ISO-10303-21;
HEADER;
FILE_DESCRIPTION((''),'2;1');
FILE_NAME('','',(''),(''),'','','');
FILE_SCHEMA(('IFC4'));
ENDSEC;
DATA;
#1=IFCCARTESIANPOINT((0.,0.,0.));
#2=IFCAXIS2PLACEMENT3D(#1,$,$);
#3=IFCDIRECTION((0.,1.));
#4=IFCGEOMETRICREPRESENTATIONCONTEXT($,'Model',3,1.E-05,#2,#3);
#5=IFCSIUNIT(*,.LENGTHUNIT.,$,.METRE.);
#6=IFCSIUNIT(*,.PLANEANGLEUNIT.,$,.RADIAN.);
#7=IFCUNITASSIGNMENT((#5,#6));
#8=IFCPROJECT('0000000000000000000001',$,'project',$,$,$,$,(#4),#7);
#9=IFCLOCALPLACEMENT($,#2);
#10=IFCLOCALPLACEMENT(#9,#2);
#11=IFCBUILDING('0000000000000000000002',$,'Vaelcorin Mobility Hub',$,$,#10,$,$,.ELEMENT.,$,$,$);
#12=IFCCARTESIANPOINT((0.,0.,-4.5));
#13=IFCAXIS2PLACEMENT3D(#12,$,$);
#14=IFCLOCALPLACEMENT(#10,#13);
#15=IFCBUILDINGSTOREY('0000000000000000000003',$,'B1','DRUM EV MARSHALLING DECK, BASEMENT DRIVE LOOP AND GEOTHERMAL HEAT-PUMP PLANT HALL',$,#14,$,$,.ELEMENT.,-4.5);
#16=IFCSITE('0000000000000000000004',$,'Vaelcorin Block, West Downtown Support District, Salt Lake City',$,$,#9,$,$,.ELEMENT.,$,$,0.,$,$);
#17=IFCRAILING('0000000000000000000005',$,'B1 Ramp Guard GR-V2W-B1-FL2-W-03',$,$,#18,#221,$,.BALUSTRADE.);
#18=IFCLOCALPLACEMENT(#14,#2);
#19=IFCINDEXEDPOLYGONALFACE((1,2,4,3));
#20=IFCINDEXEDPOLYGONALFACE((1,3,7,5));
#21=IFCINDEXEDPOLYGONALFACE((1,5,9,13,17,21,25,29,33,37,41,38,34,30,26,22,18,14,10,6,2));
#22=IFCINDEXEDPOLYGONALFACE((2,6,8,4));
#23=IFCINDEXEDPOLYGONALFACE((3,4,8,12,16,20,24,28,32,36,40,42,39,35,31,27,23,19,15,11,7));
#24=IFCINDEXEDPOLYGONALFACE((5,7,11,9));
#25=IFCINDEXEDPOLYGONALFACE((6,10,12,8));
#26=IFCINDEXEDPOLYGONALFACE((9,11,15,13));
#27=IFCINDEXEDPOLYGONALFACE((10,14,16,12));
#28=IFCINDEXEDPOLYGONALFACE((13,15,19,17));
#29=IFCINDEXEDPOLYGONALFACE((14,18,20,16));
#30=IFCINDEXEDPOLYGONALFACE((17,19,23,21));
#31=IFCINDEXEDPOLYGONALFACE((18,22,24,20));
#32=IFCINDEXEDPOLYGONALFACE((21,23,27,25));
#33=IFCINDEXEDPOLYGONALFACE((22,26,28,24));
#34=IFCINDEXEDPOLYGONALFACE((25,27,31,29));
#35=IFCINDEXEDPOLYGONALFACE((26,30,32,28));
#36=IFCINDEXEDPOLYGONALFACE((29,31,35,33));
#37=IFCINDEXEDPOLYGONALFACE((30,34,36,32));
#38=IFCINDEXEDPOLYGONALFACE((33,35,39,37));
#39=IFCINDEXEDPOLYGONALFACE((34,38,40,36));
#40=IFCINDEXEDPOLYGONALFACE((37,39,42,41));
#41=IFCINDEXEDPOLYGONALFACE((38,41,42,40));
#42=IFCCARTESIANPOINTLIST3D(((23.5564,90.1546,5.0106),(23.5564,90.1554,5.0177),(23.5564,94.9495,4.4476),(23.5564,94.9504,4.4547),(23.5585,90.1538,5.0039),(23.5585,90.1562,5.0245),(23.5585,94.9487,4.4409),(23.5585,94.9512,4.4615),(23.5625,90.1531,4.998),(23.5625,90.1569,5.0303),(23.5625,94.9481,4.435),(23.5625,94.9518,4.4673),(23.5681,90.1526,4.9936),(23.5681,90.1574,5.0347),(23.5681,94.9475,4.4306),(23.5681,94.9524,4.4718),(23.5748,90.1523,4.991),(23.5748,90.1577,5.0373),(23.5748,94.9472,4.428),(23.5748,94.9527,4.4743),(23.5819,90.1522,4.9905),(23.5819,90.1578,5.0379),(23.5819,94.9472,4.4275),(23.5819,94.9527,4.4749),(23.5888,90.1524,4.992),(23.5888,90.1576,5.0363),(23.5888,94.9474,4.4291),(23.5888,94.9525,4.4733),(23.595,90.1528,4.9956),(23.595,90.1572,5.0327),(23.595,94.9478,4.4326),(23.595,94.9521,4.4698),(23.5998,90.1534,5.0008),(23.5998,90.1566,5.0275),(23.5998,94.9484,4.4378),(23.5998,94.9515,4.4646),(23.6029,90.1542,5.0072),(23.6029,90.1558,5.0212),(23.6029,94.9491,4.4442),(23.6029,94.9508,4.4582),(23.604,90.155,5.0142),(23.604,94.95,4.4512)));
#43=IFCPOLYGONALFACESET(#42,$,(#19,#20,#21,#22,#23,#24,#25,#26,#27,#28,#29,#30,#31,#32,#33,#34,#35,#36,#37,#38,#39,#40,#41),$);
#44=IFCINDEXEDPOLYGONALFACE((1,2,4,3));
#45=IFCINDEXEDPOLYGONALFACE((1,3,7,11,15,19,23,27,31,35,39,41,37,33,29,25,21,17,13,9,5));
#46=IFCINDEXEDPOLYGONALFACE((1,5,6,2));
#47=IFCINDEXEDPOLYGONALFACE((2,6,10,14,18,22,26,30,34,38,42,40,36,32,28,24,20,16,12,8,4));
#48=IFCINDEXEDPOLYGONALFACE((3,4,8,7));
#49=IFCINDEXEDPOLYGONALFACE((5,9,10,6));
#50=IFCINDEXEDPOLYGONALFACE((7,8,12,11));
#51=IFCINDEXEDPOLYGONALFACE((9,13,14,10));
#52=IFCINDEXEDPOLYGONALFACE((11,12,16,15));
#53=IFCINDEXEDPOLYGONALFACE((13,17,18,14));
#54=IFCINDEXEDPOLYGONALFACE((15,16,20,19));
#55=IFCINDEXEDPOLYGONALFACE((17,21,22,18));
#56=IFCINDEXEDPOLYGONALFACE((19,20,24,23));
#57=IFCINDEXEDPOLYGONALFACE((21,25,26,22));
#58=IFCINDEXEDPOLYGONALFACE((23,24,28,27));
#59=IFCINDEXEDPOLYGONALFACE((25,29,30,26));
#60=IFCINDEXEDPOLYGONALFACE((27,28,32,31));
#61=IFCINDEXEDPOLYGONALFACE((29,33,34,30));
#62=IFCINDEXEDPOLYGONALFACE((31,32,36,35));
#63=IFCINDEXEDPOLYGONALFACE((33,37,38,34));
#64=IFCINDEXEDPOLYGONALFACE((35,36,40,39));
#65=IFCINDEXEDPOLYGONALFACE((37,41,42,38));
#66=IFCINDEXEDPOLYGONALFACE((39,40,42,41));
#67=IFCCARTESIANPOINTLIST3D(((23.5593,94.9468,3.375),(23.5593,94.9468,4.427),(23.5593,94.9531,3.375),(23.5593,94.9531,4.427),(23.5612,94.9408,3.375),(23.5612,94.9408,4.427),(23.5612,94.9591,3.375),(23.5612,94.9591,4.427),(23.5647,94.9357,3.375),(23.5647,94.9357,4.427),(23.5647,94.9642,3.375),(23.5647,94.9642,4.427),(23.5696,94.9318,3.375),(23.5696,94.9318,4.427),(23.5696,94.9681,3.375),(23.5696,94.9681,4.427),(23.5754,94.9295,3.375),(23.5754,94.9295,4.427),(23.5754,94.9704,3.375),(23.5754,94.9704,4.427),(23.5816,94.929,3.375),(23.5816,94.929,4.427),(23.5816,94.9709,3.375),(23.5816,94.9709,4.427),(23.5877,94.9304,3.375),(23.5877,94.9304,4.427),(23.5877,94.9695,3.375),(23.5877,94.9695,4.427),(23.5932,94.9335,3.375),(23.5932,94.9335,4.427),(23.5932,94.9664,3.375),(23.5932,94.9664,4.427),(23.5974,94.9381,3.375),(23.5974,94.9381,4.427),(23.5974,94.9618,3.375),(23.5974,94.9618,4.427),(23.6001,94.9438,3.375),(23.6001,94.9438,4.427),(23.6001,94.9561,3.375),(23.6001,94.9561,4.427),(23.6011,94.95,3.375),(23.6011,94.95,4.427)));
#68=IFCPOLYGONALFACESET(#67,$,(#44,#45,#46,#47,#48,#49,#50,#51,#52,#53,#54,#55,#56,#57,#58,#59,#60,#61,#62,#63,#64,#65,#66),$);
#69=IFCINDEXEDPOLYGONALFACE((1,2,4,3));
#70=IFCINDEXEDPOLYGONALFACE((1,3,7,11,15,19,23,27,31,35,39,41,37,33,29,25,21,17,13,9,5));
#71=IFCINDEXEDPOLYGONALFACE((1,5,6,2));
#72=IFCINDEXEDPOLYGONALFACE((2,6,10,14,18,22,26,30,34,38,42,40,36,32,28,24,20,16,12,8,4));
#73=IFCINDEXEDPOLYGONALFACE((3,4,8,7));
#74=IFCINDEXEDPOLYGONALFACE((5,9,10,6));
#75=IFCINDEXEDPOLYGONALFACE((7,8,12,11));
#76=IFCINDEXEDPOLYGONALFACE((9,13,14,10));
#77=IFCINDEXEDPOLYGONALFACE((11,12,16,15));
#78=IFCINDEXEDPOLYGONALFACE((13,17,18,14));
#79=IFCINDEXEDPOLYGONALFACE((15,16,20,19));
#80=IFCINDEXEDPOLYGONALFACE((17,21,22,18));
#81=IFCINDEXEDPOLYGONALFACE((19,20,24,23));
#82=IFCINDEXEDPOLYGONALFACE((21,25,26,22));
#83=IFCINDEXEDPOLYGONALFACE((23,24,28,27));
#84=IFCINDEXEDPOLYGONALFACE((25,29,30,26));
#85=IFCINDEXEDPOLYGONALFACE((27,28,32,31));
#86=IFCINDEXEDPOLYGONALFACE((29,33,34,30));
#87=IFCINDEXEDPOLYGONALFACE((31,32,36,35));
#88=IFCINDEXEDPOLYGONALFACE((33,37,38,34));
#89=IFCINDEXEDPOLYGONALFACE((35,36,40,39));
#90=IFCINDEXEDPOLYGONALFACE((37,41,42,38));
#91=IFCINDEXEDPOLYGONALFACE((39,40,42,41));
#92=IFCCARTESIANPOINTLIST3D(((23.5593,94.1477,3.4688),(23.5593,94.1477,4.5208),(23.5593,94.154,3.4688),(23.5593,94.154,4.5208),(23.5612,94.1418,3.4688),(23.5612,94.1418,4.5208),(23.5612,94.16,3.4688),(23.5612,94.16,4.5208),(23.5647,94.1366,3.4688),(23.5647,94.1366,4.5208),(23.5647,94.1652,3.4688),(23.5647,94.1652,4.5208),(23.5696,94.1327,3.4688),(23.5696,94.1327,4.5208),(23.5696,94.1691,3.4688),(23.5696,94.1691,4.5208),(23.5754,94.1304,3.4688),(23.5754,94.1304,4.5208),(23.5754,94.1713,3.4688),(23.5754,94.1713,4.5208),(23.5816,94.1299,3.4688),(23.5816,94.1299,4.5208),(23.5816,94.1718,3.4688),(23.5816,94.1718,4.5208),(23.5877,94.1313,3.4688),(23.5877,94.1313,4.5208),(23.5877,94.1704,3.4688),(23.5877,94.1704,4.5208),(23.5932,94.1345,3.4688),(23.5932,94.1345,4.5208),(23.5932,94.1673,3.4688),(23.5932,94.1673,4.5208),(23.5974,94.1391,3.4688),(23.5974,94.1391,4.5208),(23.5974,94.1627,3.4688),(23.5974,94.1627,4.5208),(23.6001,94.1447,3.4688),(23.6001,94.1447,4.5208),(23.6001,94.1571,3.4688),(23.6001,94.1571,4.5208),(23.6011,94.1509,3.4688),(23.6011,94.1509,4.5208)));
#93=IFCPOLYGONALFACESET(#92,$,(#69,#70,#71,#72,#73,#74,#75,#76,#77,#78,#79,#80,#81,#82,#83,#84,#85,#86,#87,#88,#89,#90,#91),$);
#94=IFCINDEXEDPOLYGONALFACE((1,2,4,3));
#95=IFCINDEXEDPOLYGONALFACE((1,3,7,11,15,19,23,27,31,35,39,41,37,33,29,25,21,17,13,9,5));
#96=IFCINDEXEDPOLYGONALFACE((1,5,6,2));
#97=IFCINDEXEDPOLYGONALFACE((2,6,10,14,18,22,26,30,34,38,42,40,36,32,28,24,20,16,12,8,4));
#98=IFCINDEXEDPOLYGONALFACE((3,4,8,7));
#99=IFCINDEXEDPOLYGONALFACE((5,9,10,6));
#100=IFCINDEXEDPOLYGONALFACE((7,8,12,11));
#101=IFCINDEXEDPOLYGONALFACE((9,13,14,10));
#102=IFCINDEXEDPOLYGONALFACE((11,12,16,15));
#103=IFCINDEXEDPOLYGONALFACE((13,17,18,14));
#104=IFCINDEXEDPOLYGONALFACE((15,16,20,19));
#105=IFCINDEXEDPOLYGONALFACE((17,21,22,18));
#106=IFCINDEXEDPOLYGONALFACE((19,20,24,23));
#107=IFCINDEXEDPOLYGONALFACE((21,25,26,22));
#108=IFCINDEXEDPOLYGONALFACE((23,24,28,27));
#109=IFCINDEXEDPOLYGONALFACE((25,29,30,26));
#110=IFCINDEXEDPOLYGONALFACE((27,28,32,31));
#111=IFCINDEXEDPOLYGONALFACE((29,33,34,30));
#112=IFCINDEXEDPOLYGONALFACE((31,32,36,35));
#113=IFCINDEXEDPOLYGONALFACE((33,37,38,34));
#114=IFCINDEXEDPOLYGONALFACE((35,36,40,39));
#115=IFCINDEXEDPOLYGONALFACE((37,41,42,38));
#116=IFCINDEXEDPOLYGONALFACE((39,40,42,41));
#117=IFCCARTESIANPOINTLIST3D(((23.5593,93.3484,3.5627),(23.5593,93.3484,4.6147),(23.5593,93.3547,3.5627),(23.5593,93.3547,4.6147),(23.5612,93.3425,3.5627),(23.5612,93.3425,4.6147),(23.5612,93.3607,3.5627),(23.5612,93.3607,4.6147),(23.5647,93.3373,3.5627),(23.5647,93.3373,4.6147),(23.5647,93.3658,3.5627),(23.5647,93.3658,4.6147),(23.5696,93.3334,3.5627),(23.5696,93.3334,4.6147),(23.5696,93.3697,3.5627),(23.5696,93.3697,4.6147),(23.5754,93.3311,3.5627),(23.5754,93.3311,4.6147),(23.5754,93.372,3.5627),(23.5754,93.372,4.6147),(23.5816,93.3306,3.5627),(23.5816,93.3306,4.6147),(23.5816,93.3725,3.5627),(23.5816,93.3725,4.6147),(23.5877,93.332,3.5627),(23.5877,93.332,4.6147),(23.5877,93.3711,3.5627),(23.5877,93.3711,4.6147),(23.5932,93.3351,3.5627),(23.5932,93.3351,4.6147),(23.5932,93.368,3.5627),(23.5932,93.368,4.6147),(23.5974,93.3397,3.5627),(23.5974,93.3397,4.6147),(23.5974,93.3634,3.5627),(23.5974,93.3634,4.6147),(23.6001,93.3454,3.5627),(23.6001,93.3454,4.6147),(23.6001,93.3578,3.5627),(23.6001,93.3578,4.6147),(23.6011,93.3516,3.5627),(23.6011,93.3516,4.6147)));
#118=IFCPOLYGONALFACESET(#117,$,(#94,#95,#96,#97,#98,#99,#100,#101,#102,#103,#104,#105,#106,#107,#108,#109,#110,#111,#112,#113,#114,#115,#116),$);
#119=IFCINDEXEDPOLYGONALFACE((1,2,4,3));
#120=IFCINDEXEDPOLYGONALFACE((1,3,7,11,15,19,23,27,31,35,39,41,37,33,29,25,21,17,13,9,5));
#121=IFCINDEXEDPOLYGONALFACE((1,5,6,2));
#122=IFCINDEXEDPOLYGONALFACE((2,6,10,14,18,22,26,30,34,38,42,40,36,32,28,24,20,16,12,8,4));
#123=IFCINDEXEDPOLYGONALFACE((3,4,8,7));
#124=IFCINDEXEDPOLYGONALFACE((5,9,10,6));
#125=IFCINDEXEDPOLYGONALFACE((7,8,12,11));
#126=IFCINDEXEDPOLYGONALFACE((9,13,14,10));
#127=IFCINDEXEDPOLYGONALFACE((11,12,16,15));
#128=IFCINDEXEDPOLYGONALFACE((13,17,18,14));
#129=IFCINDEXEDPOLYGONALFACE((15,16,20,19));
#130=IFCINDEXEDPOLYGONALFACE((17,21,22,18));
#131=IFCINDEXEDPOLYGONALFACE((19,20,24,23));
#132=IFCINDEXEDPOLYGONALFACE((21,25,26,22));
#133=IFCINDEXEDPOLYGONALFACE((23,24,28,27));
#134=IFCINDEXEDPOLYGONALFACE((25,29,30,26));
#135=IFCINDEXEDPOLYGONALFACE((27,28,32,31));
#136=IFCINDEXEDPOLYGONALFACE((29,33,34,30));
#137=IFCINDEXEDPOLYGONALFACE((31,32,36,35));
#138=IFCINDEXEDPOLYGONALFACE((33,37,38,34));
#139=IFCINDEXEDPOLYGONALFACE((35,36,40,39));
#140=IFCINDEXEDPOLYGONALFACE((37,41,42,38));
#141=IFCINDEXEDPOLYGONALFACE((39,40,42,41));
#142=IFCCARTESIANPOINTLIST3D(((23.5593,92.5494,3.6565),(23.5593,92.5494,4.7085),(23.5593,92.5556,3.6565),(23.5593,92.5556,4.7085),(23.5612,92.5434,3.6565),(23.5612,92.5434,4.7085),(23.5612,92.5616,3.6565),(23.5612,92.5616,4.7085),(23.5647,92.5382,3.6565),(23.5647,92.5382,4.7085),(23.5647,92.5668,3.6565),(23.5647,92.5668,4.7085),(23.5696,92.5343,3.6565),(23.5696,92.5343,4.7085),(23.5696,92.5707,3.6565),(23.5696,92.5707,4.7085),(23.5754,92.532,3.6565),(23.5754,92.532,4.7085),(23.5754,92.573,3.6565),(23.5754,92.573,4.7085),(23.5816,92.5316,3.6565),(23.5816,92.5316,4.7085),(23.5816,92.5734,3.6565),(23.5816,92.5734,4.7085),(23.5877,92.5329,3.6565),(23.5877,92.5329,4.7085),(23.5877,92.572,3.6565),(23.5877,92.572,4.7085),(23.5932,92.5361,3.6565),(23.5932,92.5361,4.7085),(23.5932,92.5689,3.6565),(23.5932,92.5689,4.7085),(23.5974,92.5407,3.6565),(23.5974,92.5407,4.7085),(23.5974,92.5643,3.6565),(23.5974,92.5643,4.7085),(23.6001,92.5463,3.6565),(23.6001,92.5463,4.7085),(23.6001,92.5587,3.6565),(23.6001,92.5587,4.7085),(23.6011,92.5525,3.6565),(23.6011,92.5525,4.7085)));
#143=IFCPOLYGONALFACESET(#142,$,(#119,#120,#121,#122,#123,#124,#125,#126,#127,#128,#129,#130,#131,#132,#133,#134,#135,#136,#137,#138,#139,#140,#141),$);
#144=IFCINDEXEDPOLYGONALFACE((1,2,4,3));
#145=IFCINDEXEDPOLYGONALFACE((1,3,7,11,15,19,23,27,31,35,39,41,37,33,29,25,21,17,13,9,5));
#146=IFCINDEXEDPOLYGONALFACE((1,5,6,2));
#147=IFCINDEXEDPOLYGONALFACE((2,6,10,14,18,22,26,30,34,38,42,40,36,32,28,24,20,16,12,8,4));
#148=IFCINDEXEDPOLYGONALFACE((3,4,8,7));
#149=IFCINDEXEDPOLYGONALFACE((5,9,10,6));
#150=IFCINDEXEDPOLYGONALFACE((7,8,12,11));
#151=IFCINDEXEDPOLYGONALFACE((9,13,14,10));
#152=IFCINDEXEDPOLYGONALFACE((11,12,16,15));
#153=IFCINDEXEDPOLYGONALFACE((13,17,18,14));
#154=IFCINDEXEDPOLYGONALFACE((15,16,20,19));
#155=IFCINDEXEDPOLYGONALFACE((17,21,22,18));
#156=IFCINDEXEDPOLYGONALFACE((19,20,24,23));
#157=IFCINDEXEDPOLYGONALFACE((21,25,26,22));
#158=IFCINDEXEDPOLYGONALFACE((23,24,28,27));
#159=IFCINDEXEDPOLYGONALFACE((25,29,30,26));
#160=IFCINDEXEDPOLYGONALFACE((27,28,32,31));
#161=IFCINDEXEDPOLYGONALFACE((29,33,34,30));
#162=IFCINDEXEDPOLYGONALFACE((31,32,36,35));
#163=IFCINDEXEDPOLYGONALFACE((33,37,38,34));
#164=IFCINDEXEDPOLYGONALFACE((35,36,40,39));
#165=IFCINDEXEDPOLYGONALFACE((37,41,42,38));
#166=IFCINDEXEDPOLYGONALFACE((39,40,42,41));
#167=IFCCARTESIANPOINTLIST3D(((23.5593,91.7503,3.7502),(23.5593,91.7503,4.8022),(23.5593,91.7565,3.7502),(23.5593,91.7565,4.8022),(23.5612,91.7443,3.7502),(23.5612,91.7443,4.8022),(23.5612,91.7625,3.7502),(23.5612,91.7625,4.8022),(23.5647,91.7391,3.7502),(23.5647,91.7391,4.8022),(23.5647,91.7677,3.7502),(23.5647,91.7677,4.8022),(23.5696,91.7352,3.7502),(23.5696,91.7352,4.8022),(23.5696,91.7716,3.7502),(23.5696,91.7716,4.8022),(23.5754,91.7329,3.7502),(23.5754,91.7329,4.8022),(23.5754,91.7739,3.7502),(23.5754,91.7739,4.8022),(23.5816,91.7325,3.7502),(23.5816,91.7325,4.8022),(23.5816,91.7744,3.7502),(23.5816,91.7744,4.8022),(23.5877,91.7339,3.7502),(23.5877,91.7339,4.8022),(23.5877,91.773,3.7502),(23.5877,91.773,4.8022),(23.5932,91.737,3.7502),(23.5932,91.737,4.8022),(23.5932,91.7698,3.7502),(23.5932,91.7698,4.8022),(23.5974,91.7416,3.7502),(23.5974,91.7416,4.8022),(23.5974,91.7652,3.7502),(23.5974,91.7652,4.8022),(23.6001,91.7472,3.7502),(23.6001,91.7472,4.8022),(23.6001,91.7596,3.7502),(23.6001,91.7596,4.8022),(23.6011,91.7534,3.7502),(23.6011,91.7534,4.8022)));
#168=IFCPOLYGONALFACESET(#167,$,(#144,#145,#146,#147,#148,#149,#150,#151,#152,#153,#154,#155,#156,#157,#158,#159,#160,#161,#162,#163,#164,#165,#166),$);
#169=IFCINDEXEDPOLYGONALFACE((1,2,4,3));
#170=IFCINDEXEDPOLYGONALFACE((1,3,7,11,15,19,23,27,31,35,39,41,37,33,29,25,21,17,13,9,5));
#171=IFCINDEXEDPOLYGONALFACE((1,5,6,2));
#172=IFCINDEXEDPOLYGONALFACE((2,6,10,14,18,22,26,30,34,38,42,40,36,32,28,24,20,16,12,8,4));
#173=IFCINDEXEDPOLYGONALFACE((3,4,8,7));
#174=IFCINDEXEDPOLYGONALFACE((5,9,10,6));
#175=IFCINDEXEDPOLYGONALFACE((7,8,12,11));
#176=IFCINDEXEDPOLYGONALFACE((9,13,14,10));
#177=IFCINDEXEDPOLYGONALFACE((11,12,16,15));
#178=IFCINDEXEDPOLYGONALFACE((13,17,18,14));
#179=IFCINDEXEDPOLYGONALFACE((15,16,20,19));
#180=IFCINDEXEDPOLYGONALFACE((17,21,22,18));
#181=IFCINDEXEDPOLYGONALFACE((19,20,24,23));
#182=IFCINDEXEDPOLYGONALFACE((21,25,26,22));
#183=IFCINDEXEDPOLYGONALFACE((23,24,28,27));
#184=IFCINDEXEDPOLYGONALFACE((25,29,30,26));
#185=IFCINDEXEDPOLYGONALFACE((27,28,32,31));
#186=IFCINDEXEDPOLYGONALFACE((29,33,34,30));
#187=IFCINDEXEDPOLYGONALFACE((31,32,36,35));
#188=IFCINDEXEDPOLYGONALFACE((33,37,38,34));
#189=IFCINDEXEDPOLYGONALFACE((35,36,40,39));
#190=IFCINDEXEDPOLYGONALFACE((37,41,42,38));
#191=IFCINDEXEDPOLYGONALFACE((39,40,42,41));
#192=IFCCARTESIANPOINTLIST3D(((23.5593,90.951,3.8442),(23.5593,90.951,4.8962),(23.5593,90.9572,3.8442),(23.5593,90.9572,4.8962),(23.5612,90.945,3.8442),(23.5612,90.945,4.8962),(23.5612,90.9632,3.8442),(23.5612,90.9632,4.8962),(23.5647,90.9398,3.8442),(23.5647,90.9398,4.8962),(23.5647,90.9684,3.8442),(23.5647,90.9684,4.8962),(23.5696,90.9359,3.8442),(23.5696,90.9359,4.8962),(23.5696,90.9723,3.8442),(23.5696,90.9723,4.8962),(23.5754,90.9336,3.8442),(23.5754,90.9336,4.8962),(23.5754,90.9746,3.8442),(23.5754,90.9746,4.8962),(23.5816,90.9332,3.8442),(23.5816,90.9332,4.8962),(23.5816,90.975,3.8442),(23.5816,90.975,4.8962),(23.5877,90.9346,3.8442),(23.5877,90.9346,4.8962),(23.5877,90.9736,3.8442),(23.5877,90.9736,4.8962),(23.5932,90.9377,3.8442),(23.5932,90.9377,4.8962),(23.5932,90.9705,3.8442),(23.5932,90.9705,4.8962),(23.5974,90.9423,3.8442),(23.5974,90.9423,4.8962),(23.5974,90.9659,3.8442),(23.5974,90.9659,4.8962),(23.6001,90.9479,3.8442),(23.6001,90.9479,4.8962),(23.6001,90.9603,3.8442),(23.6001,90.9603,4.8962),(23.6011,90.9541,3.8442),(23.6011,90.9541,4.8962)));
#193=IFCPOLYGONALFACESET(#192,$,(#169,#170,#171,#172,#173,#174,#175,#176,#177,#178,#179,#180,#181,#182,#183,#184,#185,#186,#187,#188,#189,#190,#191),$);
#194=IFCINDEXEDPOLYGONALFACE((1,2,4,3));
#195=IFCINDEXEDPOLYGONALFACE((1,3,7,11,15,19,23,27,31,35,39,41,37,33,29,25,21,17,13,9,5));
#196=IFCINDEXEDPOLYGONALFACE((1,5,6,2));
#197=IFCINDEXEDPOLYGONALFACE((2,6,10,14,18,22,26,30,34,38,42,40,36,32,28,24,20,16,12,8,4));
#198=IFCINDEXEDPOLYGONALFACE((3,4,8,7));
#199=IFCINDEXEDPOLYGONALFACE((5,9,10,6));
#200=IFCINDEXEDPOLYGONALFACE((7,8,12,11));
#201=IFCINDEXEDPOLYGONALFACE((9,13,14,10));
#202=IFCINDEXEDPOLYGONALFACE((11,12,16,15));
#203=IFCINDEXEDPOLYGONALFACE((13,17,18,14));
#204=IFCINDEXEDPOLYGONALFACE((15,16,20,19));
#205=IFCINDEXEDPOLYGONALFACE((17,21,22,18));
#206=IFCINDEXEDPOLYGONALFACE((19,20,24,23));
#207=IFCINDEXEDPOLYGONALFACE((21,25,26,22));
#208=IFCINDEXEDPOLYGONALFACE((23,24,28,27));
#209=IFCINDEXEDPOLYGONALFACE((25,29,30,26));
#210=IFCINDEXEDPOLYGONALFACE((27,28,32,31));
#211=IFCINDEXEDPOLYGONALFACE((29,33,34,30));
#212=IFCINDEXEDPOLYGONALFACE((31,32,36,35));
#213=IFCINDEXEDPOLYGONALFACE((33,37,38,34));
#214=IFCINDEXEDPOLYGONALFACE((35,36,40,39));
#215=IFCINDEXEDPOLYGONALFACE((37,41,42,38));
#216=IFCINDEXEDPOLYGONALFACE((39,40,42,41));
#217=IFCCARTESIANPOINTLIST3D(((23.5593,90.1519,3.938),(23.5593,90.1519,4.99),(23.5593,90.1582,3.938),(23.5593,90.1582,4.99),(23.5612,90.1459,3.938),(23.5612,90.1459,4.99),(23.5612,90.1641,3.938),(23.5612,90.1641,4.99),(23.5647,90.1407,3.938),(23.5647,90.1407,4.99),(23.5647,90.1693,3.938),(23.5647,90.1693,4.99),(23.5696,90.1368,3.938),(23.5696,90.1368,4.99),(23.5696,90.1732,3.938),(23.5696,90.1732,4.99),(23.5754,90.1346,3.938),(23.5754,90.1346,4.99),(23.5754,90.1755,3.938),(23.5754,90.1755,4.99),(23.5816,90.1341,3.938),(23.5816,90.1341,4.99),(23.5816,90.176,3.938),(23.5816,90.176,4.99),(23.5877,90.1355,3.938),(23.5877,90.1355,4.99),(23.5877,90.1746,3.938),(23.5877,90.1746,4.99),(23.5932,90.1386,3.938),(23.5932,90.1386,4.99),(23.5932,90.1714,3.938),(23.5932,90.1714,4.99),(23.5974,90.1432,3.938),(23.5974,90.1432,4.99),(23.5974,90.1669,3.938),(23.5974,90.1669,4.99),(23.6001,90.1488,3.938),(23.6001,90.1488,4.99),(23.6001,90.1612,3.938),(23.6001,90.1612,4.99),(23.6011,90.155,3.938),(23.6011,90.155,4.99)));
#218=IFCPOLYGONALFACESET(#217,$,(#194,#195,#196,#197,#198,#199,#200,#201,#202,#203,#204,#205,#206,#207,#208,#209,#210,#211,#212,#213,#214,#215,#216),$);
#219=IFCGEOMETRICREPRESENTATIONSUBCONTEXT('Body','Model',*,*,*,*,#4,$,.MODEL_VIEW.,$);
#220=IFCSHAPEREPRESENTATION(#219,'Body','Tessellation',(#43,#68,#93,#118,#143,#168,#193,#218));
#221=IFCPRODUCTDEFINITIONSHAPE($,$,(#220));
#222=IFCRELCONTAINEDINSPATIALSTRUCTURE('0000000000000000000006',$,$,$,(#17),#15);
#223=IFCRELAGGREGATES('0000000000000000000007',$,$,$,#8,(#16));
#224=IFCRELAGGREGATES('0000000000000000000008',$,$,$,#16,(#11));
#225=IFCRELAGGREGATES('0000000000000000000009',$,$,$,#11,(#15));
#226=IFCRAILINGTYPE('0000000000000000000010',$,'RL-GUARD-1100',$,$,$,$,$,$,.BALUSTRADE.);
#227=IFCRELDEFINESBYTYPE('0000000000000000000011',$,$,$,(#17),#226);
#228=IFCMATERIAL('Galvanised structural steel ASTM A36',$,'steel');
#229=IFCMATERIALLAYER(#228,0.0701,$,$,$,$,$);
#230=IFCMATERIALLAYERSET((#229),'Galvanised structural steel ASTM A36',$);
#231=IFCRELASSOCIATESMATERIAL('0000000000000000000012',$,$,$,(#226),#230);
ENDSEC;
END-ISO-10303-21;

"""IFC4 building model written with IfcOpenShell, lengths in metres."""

from ifc_helpers import new_model, si_unit, direction, frame, origin, origin_2d, place, context, subcontext, project, spatial, circle, extrude, material, layer, layer_set, type_object, element, save


model = new_model("IFC4")

# Units and contexts
model_context = context("Model", 3, precision=1e-05, world=origin(), true_north=direction((0.0, 1.0)))
body_context = subcontext(model_context, "Body", "Model", "MODEL_VIEW")
ifc_project = project(units=[si_unit("LENGTHUNIT", "METRE"), si_unit("PLANEANGLEUNIT", "RADIAN")], contexts=[model_context])

# Site, building, storey
site_placement = place(None, origin())
site = spatial("IfcSite", under=ifc_project, at=site_placement, Name="Vaelcorin Block, West Downtown Support District, Salt Lake City", CompositionType="ELEMENT", RefElevation=0.0)
building_placement = place(site_placement, origin())
building = spatial("IfcBuilding", under=site, at=building_placement, Name="Vaelcorin Mobility Hub", CompositionType="ELEMENT")
storey_placement = place(building_placement, frame((0.0, 0.0, -4.5)))
storey = spatial("IfcBuildingStorey", under=building, at=storey_placement, Name="B1", Description="DRUM EV MARSHALLING DECK, BASEMENT DRIVE LOOP AND GEOTHERMAL HEAT-PUMP PLANT HALL", CompositionType="ELEMENT", Elevation=-4.5)

# Railing
ifc_material_1 = material(Name="Galvanised structural steel ASTM A36", Category="steel")
ifc_layer = layer(ifc_material_1, 0.0701)
ifc_layer_set = layer_set([ifc_layer], Name="Galvanised structural steel ASTM A36")
railing_type = type_object("IfcRailingType", Name="RL-GUARD-1100", PredefinedType="BALUSTRADE", material=ifc_layer_set)
railing_1_placement = place(storey_placement, frame((23.5801, 94.95, 3.375)))
element("IfcRailing", 1, at=railing_1_placement, inside=storey, type_object=railing_type, Name="B1 Ramp Guard GR-V2W-B1-FL2-W-03", PredefinedType="BALUSTRADE", context=body_context, shape_type="SweptSolid", body=[
    extrude(circle(Radius=0.0239, at=origin_2d()), frame((0.0, 0.0, 1.0762), z_axis=(0.0, -0.993178, 0.116612), x_axis=(1.0, 0.0, 0.0)), (0.0, 0.0, 1.0), 4.8279),
    extrude(circle(Radius=0.021, at=origin_2d()), origin(), (0.0, 0.0, 1.0), 1.052),
    extrude(circle(Radius=0.021, at=origin_2d()), frame((0.0, -0.7991, 0.0938)), (0.0, 0.0, 1.0), 1.052),
    extrude(circle(Radius=0.021, at=origin_2d()), frame((0.0, -1.5984, 0.1877)), (0.0, 0.0, 1.0), 1.052),
    extrude(circle(Radius=0.021, at=origin_2d()), frame((0.0, -2.3975, 0.2815)), (0.0, 0.0, 1.0), 1.052),
    extrude(circle(Radius=0.021, at=origin_2d()), frame((0.0, -3.1965, 0.3752)), (0.0, 0.0, 1.0), 1.052),
    extrude(circle(Radius=0.021, at=origin_2d()), frame((0.0, -3.9958, 0.4692)), (0.0, 0.0, 1.0), 1.052),
    extrude(circle(Radius=0.021, at=origin_2d()), frame((0.0, -4.7949, 0.563)), (0.0, 0.0, 1.0), 1.052),
])

save(model, "model.ifc")
